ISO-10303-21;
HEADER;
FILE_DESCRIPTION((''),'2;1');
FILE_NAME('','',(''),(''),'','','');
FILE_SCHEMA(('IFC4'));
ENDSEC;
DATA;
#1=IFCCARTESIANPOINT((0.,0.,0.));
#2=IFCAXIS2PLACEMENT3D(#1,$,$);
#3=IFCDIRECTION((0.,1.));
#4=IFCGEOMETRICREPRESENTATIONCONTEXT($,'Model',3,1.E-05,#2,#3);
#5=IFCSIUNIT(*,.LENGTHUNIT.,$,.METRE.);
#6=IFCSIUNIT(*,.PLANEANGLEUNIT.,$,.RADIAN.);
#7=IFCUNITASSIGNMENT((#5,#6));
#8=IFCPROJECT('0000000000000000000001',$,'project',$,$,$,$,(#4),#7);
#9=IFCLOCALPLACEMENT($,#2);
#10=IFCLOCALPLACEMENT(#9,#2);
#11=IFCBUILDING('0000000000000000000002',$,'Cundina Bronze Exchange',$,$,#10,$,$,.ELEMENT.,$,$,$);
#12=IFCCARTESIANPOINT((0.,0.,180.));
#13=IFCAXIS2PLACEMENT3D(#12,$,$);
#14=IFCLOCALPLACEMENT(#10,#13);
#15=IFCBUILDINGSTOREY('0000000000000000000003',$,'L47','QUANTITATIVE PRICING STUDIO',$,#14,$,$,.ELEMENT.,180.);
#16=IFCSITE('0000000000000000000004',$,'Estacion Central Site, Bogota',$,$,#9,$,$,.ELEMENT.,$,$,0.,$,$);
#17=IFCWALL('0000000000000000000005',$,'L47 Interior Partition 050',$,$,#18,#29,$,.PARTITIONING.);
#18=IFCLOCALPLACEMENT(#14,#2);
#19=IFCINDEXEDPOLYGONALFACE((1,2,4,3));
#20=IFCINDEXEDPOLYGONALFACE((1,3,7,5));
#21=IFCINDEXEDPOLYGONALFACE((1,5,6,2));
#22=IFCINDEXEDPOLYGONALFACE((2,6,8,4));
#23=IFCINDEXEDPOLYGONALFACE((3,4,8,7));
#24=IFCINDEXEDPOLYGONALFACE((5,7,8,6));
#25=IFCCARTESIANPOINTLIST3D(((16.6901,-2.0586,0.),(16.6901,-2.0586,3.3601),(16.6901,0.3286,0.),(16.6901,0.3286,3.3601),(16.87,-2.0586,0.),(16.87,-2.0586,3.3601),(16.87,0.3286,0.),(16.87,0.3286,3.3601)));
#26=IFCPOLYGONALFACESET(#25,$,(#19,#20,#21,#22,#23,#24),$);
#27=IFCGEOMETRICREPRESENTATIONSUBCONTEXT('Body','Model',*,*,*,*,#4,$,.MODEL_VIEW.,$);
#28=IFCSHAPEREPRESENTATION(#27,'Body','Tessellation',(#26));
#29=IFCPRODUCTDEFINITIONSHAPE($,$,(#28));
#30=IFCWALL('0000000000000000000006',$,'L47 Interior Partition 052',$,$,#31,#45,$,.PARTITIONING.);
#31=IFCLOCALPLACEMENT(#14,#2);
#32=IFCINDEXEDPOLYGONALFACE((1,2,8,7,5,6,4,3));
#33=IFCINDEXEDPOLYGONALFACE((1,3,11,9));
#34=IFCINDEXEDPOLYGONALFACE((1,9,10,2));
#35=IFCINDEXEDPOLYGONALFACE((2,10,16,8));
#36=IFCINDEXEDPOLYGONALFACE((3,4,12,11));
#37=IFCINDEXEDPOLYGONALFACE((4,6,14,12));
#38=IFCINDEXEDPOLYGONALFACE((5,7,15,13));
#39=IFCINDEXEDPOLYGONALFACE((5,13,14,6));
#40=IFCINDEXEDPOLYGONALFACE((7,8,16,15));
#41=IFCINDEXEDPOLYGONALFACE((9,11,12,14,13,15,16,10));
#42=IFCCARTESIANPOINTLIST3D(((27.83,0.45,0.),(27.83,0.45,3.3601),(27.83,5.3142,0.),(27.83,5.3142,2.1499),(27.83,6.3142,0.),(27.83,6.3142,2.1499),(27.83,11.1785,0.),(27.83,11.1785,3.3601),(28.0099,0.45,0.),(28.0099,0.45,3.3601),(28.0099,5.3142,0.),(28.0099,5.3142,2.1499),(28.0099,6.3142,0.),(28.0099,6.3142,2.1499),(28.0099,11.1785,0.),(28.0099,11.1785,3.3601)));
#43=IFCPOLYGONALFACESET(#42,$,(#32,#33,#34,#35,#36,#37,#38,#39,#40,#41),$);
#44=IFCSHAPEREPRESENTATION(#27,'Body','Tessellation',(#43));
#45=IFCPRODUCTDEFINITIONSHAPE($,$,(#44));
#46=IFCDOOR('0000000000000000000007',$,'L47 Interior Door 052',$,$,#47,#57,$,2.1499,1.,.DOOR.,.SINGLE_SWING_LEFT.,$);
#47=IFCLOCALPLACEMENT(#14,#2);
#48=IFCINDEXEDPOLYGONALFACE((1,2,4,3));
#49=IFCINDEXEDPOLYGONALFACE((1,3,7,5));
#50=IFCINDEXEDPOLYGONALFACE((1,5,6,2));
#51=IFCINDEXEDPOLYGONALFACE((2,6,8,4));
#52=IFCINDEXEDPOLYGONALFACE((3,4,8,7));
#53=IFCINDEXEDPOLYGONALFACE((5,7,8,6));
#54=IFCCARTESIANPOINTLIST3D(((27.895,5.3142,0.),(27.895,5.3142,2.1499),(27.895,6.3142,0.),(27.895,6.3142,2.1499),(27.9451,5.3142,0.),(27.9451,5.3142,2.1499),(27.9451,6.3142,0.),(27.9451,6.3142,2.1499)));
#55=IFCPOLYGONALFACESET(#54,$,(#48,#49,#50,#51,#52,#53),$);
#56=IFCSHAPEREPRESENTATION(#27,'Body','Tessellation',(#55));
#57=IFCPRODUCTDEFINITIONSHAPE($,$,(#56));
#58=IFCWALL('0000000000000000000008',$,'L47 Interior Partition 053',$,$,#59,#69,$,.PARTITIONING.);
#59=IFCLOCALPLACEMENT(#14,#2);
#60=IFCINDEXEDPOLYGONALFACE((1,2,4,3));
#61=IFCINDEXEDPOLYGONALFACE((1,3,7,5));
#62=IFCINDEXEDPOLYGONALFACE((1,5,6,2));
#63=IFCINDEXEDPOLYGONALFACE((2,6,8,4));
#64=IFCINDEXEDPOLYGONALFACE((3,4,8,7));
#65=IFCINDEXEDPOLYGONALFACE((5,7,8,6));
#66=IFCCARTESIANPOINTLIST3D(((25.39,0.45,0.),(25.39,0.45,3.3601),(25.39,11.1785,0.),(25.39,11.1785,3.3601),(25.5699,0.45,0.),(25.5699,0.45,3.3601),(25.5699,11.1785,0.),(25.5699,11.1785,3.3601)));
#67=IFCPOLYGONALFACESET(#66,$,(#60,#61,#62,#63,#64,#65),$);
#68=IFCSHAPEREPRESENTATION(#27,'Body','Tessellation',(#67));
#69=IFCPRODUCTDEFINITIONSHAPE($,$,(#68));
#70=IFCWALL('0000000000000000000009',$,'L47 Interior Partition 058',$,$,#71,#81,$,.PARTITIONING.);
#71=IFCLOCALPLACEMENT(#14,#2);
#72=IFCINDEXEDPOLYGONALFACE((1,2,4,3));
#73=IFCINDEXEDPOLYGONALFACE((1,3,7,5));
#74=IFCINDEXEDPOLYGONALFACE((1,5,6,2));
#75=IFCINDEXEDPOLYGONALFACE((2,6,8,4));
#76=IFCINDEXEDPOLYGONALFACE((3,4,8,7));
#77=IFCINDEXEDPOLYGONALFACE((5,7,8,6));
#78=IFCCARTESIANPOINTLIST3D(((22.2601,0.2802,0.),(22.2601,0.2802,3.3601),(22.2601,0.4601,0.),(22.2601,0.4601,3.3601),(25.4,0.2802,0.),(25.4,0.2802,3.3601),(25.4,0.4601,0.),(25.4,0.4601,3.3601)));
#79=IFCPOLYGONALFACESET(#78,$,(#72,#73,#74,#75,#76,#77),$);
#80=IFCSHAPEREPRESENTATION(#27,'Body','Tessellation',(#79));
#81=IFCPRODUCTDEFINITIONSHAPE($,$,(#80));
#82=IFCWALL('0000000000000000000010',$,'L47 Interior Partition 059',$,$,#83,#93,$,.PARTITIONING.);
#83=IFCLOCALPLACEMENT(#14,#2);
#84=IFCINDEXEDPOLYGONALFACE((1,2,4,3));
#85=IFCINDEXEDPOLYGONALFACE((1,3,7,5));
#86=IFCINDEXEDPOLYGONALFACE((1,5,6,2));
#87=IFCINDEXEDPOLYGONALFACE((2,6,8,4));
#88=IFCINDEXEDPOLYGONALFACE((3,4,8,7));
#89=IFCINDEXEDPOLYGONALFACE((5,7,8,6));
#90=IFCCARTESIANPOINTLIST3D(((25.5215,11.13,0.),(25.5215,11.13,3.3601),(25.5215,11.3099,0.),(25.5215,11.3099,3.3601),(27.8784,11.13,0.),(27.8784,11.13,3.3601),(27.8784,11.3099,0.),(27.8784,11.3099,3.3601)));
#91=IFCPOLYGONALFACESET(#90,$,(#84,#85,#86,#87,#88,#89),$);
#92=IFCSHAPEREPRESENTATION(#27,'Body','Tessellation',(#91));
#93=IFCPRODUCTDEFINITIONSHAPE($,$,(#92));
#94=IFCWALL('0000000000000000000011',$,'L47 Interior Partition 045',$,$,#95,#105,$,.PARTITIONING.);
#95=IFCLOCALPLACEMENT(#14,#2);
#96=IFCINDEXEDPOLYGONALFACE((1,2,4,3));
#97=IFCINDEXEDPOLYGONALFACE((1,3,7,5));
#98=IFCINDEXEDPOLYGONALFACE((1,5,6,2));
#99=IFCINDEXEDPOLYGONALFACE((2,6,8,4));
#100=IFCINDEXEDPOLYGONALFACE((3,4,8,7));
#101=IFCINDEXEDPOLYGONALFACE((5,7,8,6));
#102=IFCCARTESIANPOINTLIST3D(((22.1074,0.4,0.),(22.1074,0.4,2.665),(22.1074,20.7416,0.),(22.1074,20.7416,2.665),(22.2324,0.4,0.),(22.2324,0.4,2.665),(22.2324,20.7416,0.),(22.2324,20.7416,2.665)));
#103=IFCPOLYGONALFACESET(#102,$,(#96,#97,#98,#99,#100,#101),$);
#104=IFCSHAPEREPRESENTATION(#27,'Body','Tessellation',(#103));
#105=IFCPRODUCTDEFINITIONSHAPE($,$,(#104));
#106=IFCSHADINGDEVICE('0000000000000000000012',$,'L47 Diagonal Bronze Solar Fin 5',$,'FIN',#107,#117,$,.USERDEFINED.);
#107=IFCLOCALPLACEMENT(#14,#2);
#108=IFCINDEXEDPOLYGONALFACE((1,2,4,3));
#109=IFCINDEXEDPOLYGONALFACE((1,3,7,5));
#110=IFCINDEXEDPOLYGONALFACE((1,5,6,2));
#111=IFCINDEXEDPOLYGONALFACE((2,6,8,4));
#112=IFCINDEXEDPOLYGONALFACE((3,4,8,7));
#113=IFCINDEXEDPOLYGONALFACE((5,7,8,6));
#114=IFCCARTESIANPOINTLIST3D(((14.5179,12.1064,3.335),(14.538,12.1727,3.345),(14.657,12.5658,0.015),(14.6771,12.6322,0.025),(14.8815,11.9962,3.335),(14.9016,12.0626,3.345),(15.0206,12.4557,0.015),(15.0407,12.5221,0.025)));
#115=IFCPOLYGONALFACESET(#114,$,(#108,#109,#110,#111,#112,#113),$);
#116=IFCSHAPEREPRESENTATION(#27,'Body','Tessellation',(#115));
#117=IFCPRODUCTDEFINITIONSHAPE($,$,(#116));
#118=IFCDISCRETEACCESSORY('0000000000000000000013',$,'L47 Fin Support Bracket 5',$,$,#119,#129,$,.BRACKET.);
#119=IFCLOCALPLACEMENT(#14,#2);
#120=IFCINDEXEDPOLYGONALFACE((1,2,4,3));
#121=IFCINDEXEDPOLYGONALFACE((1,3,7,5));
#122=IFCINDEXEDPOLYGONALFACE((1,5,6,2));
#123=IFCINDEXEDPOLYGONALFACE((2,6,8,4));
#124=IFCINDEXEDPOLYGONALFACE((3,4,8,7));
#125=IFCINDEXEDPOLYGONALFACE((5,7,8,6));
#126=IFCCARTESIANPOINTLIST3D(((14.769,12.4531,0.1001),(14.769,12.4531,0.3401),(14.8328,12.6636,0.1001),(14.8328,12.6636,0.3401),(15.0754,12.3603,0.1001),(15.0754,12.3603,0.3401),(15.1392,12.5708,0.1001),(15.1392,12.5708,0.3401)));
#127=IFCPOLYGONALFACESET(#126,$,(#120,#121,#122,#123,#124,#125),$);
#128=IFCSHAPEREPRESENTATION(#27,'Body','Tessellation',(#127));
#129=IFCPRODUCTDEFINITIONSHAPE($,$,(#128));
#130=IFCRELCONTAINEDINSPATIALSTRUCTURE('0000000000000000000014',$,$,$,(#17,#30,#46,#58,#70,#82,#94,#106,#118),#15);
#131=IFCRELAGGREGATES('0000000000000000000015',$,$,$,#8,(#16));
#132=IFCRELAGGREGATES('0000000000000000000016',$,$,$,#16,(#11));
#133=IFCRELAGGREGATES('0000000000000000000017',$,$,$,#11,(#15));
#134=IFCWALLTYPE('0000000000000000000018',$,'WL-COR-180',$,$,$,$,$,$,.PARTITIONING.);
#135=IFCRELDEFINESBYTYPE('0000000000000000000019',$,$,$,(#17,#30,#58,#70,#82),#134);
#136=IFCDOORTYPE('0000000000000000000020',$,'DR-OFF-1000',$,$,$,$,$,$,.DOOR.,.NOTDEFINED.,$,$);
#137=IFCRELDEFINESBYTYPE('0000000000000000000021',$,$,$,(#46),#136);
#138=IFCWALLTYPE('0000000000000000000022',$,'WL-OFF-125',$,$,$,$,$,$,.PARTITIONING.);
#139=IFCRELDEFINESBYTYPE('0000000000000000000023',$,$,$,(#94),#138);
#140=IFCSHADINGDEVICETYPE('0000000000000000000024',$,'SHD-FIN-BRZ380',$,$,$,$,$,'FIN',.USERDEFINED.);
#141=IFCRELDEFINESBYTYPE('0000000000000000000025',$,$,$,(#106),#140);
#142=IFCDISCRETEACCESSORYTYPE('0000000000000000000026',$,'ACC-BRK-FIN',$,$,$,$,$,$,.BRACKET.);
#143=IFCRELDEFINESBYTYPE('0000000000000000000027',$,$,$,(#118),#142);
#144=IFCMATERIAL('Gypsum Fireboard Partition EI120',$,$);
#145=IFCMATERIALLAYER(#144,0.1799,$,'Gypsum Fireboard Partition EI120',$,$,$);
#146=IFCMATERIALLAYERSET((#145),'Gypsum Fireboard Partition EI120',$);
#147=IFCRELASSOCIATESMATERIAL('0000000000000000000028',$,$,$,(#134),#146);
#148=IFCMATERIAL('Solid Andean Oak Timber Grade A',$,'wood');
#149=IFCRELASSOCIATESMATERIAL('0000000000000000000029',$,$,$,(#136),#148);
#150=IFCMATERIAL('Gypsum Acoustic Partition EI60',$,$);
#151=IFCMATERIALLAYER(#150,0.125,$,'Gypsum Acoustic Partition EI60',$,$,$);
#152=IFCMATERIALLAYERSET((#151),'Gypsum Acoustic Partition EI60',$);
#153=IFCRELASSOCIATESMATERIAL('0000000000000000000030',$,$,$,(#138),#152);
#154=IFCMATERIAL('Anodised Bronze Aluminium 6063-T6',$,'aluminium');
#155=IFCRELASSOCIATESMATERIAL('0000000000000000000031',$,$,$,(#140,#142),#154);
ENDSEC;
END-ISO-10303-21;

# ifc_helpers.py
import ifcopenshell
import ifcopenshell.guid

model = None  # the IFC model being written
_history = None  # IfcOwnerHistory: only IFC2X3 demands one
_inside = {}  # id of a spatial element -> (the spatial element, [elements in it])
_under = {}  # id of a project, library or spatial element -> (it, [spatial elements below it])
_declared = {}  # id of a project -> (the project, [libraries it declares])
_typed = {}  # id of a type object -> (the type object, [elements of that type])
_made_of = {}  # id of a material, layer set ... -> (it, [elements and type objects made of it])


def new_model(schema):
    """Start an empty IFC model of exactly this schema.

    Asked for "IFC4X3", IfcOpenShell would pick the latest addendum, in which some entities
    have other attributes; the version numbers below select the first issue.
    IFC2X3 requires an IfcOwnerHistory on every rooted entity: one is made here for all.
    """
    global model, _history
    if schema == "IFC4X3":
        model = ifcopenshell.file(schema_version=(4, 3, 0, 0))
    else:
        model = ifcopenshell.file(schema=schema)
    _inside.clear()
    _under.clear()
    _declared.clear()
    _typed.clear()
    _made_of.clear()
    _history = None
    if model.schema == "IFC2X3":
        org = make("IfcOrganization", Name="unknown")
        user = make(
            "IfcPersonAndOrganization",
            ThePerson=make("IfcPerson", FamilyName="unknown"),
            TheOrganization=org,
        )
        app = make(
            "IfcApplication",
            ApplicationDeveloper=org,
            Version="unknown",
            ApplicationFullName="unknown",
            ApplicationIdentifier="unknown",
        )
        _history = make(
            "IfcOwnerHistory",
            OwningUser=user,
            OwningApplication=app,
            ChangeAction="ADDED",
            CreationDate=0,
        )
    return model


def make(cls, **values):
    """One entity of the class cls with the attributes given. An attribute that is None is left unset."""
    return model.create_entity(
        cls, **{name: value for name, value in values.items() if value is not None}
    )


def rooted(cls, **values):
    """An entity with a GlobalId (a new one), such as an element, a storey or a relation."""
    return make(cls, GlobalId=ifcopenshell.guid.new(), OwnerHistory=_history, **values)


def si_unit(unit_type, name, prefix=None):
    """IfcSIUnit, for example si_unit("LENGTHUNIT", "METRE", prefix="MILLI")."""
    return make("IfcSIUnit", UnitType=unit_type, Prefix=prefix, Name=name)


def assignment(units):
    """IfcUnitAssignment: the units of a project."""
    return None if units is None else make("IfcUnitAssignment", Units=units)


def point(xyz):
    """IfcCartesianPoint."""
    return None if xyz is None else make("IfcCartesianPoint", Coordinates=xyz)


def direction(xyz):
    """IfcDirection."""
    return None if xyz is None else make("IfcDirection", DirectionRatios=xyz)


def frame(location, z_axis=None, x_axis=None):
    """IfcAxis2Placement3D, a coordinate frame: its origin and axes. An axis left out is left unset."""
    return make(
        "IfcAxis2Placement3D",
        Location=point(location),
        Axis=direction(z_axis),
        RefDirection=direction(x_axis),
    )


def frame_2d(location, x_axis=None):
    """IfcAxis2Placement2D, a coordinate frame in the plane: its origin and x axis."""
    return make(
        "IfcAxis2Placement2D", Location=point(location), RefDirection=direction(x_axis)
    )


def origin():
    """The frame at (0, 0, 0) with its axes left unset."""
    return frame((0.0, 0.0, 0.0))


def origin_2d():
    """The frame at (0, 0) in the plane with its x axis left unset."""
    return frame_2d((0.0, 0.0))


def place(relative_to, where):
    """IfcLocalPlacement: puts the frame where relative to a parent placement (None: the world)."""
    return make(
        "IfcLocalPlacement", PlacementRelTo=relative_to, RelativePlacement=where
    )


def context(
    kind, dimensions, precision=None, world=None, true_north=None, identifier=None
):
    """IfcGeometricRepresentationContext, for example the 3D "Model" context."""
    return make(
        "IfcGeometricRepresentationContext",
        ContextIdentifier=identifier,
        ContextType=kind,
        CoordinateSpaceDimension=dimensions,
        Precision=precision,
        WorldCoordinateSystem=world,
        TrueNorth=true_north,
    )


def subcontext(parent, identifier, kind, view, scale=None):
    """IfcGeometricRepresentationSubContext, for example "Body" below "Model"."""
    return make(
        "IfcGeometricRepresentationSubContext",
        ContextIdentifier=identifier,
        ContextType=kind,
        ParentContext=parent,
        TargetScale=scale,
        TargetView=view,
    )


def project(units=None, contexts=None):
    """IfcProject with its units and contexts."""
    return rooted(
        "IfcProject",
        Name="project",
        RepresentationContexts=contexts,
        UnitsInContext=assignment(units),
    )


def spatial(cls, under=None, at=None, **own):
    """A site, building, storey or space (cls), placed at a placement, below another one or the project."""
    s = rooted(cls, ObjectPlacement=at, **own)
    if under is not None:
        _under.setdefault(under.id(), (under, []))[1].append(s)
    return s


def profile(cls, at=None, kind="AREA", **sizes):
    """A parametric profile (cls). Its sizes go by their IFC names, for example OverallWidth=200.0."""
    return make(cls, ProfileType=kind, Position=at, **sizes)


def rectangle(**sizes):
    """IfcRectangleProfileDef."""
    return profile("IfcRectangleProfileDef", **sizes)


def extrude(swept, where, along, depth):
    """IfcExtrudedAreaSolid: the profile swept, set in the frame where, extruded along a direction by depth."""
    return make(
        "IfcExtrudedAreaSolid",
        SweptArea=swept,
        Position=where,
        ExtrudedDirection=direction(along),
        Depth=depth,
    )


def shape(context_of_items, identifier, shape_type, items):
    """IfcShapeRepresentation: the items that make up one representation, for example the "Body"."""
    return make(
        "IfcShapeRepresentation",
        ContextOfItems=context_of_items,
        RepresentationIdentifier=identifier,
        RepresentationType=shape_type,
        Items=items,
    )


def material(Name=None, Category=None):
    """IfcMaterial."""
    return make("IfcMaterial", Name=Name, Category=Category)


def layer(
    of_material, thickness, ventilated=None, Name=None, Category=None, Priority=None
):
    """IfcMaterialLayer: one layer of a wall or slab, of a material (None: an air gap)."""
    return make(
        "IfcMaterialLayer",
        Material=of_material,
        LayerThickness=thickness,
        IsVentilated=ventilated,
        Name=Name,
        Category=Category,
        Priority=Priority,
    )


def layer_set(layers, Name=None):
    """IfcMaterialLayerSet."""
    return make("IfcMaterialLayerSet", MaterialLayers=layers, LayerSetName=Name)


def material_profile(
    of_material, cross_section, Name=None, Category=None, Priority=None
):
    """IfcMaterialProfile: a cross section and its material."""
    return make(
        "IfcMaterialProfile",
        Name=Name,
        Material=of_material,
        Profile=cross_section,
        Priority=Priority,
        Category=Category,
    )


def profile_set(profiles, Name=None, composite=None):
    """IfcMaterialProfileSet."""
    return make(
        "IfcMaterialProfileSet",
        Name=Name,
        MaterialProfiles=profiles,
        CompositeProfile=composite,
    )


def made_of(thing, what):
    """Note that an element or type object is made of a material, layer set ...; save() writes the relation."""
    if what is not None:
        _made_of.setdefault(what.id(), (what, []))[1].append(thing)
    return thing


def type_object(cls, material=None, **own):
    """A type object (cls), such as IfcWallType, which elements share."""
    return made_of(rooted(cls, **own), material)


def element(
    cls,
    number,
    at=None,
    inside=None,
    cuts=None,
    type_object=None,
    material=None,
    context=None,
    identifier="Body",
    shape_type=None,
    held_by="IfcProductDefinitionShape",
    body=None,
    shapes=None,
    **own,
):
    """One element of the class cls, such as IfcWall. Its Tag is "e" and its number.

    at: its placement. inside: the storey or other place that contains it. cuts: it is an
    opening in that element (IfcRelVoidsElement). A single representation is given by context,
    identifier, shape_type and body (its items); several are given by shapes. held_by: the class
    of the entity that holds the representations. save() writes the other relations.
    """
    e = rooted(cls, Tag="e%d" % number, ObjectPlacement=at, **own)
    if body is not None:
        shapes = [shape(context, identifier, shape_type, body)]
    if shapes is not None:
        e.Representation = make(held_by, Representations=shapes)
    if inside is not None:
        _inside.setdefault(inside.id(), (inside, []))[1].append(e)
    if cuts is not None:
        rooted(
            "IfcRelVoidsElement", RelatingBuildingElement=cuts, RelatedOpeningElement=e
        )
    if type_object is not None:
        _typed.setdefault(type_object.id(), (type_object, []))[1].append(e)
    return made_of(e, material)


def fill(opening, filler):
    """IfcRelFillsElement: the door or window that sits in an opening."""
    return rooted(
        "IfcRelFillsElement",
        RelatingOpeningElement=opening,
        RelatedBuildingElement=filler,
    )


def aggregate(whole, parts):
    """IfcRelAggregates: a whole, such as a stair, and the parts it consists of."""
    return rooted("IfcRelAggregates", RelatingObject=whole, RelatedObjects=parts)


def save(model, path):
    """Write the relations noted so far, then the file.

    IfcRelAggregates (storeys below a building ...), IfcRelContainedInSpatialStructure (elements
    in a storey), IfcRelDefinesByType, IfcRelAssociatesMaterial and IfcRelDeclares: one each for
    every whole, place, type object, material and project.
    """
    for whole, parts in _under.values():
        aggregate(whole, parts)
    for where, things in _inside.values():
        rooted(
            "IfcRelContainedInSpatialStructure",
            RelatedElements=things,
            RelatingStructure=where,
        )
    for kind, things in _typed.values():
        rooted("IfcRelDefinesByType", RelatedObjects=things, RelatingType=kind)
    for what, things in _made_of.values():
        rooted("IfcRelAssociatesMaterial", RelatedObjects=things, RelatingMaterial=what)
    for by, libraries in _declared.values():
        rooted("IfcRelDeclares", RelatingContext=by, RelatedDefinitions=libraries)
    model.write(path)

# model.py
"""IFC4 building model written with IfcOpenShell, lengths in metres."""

from ifc_helpers import new_model, si_unit, direction, frame, frame_2d, origin, origin_2d, place, context, subcontext, project, spatial, rectangle, extrude, material, layer, layer_set, material_profile, profile_set, type_object, element, fill, save


model = new_model("IFC4")

# Units and contexts
model_context = context("Model", 3, precision=1e-05, world=origin(), true_north=direction((0.0, 1.0)))
body_context = subcontext(model_context, "Body", "Model", "MODEL_VIEW")
ifc_project = project(units=[si_unit("LENGTHUNIT", "METRE"), si_unit("PLANEANGLEUNIT", "RADIAN")], contexts=[model_context])

# Site, building, storey
site_placement = place(None, origin())
site = spatial("IfcSite", under=ifc_project, at=site_placement, Name="Estacion Central Site, Bogota", CompositionType="ELEMENT", RefElevation=0.0)
building_placement = place(site_placement, origin())
building = spatial("IfcBuilding", under=site, at=building_placement, Name="Cundina Bronze Exchange", CompositionType="ELEMENT")
storey_placement = place(building_placement, frame((0.0, 0.0, 180.0)))
storey = spatial("IfcBuildingStorey", under=building, at=storey_placement, Name="L47", Description="QUANTITATIVE PRICING STUDIO", CompositionType="ELEMENT", Elevation=180.0)

# Shared definitions
ifc_material_1 = material(Name="Anodised Bronze Aluminium 6063-T6", Category="aluminium")

# Shared definitions
ifc_material_2 = material(Name="Gypsum Fireboard Partition EI120")
ifc_layer_1 = layer(ifc_material_2, 0.1799, Name="Gypsum Fireboard Partition EI120")
ifc_layer_set_1 = layer_set([ifc_layer_1], Name="Gypsum Fireboard Partition EI120")
wall_type_1 = type_object("IfcWallType", Name="WL-COR-180", PredefinedType="PARTITIONING", material=ifc_layer_set_1)
ifc_material_3 = material(Name="Solid Andean Oak Timber Grade A", Category="wood")
door_type = type_object("IfcDoorType", Name="DR-OFF-1000", OperationType="NOTDEFINED", PredefinedType="DOOR", material=ifc_material_3)

# Wall
wall_1_placement = place(storey_placement, frame((16.78, 0.3286, 0.0), z_axis=(0.0, 0.0, 1.0), x_axis=(0.0, -1.0, 0.0)))
element("IfcWall", 1, at=wall_1_placement, inside=storey, type_object=wall_type_1, Name="L47 Interior Partition 050", PredefinedType="PARTITIONING", context=body_context, shape_type="SweptSolid", body=[
    extrude(rectangle(XDim=2.3872, YDim=0.1799, at=frame_2d((1.1936, 0.0))), origin(), (0.0, 0.0, 1.0), 3.3601),
])

# Wall, opening, door
wall_2_placement = place(storey_placement, frame((27.9199, 0.45, 0.0), z_axis=(0.0, 0.0, 1.0), x_axis=(0.0, 1.0, 0.0)))
wall_2 = element("IfcWall", 2, at=wall_2_placement, inside=storey, type_object=wall_type_1, Name="L47 Interior Partition 052", PredefinedType="PARTITIONING", context=body_context, shape_type="SweptSolid", body=[
    extrude(rectangle(XDim=10.7285, YDim=0.1799, at=frame_2d((5.3643, 0.0))), origin(), (0.0, 0.0, 1.0), 3.3601),
])
opening_1_placement = place(wall_2_placement, frame((4.8643, 0.0, 0.0)))
opening_1 = element("IfcOpeningElement", 3, at=opening_1_placement, cuts=wall_2, PredefinedType="OPENING", context=body_context, shape_type="SweptSolid", body=[
    extrude(rectangle(XDim=1.0, YDim=2.1499, at=frame_2d((0.5, 1.075))), frame((0.0, 0.0999, 0.0), z_axis=(0.0, -1.0, 0.0), x_axis=(1.0, 0.0, 0.0)), (0.0, 0.0, 1.0), 0.2),
])
door_1_placement = place(opening_1_placement, origin())
door_1 = element("IfcDoor", 4, at=door_1_placement, inside=storey, type_object=door_type, Name="L47 Interior Door 052", OperationType="SINGLE_SWING_LEFT", OverallHeight=2.1499, OverallWidth=1.0, PredefinedType="DOOR", context=body_context, shape_type="SweptSolid", body=[
    extrude(rectangle(XDim=1.0, YDim=2.1499, at=frame_2d((0.5, 1.075))), frame((0.0, 0.0249, 0.0), z_axis=(0.0, -1.0, 0.0), x_axis=(1.0, 0.0, 0.0)), (0.0, 0.0, 1.0), 0.05),
])
fill(opening_1, door_1)

# Walls
wall_3_placement = place(storey_placement, frame((25.48, 11.1785, 0.0), z_axis=(0.0, 0.0, 1.0), x_axis=(0.0, -1.0, 0.0)))
element("IfcWall", 5, at=wall_3_placement, inside=storey, type_object=wall_type_1, Name="L47 Interior Partition 053", PredefinedType="PARTITIONING", context=body_context, shape_type="SweptSolid", body=[
    extrude(rectangle(XDim=10.7285, YDim=0.1799, at=frame_2d((5.3643, 0.0))), origin(), (0.0, 0.0, 1.0), 3.3601),
])
wall_4_placement = place(storey_placement, frame((25.3999, 0.3701, 0.0), z_axis=(0.0, 0.0, 1.0), x_axis=(-1.0, 0.0, 0.0)))
element("IfcWall", 6, at=wall_4_placement, inside=storey, type_object=wall_type_1, Name="L47 Interior Partition 058", PredefinedType="PARTITIONING", context=body_context, shape_type="SweptSolid", body=[
    extrude(rectangle(XDim=3.1399, YDim=0.1799, at=frame_2d((1.5698, 0.0))), origin(), (0.0, 0.0, 1.0), 3.3601),
])
wall_5_placement = place(storey_placement, frame((27.8784, 11.22, 0.0), z_axis=(0.0, 0.0, 1.0), x_axis=(-1.0, 0.0, 0.0)))
element("IfcWall", 7, at=wall_5_placement, inside=storey, type_object=wall_type_1, Name="L47 Interior Partition 059", PredefinedType="PARTITIONING", context=body_context, shape_type="SweptSolid", body=[
    extrude(rectangle(XDim=2.3569, YDim=0.1799, at=frame_2d((1.1785, 0.0))), origin(), (0.0, 0.0, 1.0), 3.3601),
])
ifc_material_4 = material(Name="Gypsum Acoustic Partition EI60")
ifc_layer_2 = layer(ifc_material_4, 0.125, Name="Gypsum Acoustic Partition EI60")
ifc_layer_set_2 = layer_set([ifc_layer_2], Name="Gypsum Acoustic Partition EI60")
wall_type_2 = type_object("IfcWallType", Name="WL-OFF-125", PredefinedType="PARTITIONING", material=ifc_layer_set_2)
wall_6_placement = place(storey_placement, frame((22.1699, 0.3999, 0.0), z_axis=(0.0, 0.0, 1.0), x_axis=(0.0, 1.0, 0.0)))
element("IfcWall", 8, at=wall_6_placement, inside=storey, type_object=wall_type_2, Name="L47 Interior Partition 045", PredefinedType="PARTITIONING", context=body_context, shape_type="SweptSolid", body=[
    extrude(rectangle(XDim=20.3416, YDim=0.125, at=frame_2d((10.1709, 0.0))), origin(), (0.0, 0.0, 1.0), 2.665),
])

# Shading device
ifc_material_profile_1 = material_profile(ifc_material_1, rectangle(XDim=0.0701, YDim=0.3799, at=origin_2d()), Name="FIN70X380", Category="aluminium")
ifc_profile_set_1 = profile_set([ifc_material_profile_1], Name="Anodised Bronze Aluminium 6063-T6")
shading_device_type = type_object("IfcShadingDeviceType", Name="SHD-FIN-BRZ380", ElementType="FIN", PredefinedType="USERDEFINED", material=ifc_profile_set_1)
shading_device_placement = place(storey_placement, frame((14.8489, 12.5439, 0.02), z_axis=(-0.041483, -0.136968, 0.989706), x_axis=(0.286883, 0.947216, 0.143112)))
element("IfcShadingDevice", 9, at=shading_device_placement, inside=storey, type_object=shading_device_type, Name="L47 Diagonal Bronze Solar Fin 5", ObjectType="FIN", PredefinedType="USERDEFINED", context=body_context, shape_type="SweptSolid", body=[
    extrude(rectangle(XDim=0.0701, YDim=0.3799, at=origin_2d()), origin(), (0.0, 0.0, 1.0), 3.3545),
])

# Discrete accessory
discrete_accessory_type = type_object("IfcDiscreteAccessoryType", Name="ACC-BRK-FIN", PredefinedType="BRACKET", material=ifc_material_1)
discrete_accessory_placement = place(storey_placement, frame((14.9541, 12.512, 0.1001), z_axis=(0.0, 0.0, 1.0), x_axis=(-0.290051, -0.957011, 0.0)))
element("IfcDiscreteAccessory", 10, at=discrete_accessory_placement, inside=storey, type_object=discrete_accessory_type, Name="L47 Fin Support Bracket 5", PredefinedType="BRACKET", context=body_context, shape_type="SweptSolid", body=[
    extrude(rectangle(XDim=0.22, YDim=0.3201, at=origin_2d()), origin(), (0.0, 0.0, 1.0), 0.24),
])

save(model, "model.ifc")
